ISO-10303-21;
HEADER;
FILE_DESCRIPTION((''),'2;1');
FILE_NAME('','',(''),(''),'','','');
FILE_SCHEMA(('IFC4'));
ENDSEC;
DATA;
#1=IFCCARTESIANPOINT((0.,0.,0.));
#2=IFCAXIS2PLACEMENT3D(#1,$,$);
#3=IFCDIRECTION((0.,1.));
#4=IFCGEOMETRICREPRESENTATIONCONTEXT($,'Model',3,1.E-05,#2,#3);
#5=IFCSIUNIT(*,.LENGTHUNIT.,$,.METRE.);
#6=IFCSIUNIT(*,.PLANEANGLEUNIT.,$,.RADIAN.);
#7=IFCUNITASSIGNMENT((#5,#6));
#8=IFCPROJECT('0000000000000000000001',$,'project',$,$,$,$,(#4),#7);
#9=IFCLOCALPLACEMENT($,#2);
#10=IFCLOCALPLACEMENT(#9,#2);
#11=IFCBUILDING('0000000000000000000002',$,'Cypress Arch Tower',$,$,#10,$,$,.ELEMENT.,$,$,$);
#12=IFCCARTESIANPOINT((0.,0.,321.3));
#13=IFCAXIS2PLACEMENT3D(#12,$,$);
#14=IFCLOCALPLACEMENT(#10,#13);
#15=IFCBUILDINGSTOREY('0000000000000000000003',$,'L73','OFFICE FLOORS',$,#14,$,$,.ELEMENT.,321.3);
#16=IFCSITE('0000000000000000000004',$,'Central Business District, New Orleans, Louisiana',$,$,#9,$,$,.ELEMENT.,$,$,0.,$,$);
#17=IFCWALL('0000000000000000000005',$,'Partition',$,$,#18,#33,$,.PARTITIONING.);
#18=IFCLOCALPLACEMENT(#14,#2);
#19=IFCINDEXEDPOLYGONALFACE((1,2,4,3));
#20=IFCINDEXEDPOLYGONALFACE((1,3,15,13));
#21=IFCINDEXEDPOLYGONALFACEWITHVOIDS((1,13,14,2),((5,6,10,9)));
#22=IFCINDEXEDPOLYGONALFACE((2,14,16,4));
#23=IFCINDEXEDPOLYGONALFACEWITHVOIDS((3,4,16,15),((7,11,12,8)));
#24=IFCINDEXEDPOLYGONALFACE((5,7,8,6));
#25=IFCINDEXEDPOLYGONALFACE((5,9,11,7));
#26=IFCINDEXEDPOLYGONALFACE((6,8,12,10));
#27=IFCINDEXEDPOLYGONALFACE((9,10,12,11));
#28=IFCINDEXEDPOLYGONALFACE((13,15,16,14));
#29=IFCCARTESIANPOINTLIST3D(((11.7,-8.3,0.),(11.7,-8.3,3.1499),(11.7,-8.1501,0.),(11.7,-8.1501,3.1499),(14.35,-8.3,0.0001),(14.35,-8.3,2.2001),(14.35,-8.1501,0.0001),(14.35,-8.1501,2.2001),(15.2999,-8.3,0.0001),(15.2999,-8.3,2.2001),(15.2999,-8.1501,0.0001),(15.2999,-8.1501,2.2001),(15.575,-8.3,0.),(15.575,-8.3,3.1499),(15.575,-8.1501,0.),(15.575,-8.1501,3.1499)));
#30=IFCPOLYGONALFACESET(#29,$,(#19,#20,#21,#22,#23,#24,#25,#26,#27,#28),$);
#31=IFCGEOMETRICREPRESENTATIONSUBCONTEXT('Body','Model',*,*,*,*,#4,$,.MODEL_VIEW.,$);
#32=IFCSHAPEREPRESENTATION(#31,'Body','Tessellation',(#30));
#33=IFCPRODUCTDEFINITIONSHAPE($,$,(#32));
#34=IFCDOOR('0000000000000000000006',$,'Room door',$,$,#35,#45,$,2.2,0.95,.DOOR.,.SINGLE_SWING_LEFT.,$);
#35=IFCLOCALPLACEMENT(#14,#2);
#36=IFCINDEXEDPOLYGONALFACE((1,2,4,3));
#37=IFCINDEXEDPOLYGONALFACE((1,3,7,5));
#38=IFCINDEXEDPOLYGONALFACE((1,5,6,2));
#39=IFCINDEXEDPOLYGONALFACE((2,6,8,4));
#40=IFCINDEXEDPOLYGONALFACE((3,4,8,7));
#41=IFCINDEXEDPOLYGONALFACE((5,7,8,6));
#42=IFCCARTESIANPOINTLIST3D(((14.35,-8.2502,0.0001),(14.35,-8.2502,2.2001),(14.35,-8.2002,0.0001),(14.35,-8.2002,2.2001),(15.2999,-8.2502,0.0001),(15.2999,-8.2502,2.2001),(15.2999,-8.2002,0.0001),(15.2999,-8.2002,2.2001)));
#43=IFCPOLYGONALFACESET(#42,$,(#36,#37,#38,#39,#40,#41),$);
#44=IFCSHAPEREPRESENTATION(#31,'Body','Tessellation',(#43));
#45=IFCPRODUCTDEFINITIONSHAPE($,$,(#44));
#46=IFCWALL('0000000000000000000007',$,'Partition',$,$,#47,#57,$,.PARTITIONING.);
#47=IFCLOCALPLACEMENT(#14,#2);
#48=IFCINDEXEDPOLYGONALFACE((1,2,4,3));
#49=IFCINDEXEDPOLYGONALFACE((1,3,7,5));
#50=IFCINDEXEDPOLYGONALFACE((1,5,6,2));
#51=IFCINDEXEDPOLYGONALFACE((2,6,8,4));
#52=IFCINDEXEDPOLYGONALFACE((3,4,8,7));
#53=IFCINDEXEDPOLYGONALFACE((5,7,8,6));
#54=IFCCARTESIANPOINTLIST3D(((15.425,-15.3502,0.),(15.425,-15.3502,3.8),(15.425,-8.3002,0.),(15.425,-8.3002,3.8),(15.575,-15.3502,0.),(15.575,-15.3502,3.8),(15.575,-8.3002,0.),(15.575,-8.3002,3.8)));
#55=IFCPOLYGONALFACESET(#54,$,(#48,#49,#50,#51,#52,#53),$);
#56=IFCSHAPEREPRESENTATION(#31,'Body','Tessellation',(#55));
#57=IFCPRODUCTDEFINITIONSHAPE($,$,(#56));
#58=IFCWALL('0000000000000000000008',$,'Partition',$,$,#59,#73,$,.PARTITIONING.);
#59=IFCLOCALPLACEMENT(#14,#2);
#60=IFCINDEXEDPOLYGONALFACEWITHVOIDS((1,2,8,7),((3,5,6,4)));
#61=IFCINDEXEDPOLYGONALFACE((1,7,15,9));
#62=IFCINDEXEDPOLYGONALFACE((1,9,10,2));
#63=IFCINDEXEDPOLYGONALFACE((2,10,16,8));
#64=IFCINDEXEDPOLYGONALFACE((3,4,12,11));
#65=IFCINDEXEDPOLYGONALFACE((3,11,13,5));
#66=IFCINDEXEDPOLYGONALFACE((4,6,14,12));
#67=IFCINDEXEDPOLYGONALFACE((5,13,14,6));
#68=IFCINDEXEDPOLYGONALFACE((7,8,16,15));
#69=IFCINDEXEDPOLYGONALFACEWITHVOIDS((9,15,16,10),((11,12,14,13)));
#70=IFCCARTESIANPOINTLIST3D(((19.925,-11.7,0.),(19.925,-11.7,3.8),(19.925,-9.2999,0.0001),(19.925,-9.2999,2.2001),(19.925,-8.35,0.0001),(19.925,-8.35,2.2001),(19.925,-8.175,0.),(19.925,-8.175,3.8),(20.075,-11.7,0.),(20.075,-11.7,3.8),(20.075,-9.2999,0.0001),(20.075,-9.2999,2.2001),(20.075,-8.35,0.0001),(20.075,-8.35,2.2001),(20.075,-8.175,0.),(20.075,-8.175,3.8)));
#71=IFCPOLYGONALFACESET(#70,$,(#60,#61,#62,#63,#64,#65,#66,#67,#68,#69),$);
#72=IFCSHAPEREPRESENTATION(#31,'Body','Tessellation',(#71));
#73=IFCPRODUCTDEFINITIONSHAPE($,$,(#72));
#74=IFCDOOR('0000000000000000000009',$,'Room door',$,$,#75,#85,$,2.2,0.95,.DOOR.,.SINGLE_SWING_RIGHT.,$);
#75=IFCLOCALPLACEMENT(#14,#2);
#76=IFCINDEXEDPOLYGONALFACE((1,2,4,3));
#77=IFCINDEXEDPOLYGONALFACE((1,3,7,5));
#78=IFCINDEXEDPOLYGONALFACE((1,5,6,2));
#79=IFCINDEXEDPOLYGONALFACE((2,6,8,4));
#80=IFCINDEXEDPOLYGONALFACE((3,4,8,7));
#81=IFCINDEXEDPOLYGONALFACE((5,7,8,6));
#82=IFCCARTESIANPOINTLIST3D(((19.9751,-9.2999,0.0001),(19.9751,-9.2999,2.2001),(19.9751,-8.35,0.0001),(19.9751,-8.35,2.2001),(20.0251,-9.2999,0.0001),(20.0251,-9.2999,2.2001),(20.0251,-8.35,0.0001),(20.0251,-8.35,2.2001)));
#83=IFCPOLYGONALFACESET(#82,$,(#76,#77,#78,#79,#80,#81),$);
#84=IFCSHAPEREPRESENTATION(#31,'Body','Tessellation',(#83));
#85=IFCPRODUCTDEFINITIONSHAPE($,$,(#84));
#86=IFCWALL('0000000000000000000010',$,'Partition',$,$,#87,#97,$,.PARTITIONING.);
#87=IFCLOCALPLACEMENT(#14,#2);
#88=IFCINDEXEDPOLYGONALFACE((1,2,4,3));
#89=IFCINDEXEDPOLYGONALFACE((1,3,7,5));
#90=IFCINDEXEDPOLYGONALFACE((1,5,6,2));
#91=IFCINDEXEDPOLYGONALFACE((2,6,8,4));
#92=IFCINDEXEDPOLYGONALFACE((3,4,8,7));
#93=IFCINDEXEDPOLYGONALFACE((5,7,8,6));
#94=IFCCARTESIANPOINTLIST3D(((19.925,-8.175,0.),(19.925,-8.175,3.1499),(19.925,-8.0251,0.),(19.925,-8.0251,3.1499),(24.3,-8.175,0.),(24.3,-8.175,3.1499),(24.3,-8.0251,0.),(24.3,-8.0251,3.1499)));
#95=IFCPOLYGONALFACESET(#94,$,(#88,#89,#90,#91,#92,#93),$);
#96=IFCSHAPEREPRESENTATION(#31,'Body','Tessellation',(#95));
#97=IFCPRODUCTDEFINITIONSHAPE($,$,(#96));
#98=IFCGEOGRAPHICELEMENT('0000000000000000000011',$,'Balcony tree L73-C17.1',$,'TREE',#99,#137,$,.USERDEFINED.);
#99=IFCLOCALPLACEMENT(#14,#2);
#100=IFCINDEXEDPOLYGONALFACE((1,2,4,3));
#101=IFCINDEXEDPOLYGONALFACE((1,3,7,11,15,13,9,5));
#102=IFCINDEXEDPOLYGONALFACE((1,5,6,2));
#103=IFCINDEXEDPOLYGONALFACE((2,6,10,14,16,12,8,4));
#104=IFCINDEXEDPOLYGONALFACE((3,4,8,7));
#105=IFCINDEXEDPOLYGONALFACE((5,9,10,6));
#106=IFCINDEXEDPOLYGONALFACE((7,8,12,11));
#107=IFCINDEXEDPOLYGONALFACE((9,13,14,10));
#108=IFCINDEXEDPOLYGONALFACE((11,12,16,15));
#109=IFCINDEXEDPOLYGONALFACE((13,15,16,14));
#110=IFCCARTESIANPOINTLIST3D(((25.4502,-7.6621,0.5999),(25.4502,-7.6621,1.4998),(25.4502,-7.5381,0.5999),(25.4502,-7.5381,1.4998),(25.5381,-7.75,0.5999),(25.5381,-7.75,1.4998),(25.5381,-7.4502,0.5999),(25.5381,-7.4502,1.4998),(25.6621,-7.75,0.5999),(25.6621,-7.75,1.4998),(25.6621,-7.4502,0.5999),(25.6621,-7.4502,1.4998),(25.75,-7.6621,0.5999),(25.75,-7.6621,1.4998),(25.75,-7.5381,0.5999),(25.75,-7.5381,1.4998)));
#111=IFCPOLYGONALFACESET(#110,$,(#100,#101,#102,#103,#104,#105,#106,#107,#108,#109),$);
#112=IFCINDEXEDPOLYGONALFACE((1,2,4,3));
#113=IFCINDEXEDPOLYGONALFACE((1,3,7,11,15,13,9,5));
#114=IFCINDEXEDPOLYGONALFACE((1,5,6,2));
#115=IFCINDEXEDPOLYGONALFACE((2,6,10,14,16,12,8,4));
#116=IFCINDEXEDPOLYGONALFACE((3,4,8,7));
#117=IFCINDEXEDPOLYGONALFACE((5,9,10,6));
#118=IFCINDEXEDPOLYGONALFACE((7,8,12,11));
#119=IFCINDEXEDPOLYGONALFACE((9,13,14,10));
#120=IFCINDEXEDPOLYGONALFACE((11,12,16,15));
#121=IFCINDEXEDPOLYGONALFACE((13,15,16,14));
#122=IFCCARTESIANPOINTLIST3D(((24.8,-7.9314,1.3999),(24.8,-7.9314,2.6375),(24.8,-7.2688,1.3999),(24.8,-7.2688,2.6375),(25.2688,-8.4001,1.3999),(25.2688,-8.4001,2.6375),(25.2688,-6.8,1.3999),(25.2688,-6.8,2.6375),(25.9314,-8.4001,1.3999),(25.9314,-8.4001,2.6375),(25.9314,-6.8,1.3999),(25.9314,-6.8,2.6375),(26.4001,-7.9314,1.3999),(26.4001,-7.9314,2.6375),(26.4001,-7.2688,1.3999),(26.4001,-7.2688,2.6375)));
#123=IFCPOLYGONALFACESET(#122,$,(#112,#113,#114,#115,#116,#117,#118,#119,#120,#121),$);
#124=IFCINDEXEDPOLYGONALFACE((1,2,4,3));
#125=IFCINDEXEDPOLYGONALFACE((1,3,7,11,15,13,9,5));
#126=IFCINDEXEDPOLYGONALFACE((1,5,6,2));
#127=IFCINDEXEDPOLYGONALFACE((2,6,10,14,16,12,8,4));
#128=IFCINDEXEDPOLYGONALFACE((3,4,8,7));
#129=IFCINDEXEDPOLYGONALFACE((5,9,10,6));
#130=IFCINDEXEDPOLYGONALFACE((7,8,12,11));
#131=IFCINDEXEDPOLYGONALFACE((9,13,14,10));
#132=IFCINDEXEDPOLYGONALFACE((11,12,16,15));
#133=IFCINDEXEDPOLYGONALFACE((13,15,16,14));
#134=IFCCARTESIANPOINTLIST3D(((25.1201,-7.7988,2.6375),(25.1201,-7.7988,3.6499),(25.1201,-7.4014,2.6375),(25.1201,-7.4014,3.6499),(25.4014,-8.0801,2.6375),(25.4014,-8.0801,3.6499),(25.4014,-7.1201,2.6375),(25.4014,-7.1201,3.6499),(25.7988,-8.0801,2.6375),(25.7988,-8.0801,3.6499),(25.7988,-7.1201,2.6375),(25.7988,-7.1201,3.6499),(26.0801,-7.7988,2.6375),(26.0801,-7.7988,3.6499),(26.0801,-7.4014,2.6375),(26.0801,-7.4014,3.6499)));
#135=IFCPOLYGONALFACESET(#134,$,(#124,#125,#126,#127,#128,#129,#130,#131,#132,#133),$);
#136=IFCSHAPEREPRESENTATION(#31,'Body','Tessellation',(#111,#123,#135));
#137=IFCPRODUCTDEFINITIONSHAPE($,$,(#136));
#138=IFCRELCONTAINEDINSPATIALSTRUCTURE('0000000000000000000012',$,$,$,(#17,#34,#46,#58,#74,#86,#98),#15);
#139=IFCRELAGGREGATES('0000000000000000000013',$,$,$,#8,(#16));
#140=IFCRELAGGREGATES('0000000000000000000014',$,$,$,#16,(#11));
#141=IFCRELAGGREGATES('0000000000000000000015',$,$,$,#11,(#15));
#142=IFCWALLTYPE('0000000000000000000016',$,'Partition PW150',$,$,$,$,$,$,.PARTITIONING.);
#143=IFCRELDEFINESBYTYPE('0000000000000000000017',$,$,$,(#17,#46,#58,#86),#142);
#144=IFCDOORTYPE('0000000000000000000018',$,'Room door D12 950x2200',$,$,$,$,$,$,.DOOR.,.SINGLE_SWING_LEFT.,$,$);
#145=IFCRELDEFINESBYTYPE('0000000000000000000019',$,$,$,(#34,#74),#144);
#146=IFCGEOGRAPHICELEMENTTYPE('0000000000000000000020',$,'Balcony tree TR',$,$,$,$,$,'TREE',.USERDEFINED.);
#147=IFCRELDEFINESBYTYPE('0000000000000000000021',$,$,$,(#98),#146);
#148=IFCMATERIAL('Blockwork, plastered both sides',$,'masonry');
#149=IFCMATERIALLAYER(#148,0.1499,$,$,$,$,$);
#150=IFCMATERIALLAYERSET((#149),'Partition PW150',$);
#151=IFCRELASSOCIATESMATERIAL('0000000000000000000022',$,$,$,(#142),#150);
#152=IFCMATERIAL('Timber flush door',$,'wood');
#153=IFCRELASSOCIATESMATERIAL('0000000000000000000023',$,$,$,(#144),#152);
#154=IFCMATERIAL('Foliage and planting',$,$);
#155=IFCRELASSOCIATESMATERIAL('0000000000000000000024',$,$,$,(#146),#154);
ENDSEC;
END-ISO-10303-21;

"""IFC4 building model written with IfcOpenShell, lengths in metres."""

from ifc_helpers import new_model, si_unit, direction, frame, frame_2d, origin, place, context, subcontext, project, spatial, polyline, rectangle, outline, extrude, material, layer, layer_set, type_object, element, fill, save


model = new_model("IFC4")

# Units and contexts
model_context = context("Model", 3, precision=1e-05, world=origin(), true_north=direction((0.0, 1.0)))
body_context = subcontext(model_context, "Body", "Model", "MODEL_VIEW")
ifc_project = project(units=[si_unit("LENGTHUNIT", "METRE"), si_unit("PLANEANGLEUNIT", "RADIAN")], contexts=[model_context])

# Site, building, storey
site_placement = place(None, origin())
site = spatial("IfcSite", under=ifc_project, at=site_placement, Name="Central Business District, New Orleans, Louisiana", CompositionType="ELEMENT", RefElevation=0.0)
building_placement = place(site_placement, origin())
building = spatial("IfcBuilding", under=site, at=building_placement, Name="Cypress Arch Tower", CompositionType="ELEMENT")
storey_placement = place(building_placement, frame((0.0, 0.0, 321.3)))
storey = spatial("IfcBuildingStorey", under=building, at=storey_placement, Name="L73", Description="OFFICE FLOORS", CompositionType="ELEMENT", Elevation=321.3)

# Wall, opening, door
ifc_material_1 = material(Name="Blockwork, plastered both sides", Category="masonry")
ifc_layer_1 = layer(ifc_material_1, 0.1499)
ifc_layer_set_1 = layer_set([ifc_layer_1], Name="Partition PW150")
wall_type_1 = type_object("IfcWallType", Name="Partition PW150", PredefinedType="PARTITIONING", material=ifc_layer_set_1)
wall_1_placement = place(storey_placement, frame((11.7, -8.2251, 0.0), z_axis=(0.0, 0.0, 1.0), x_axis=(1.0, 0.0, 0.0)))
wall_1 = element("IfcWall", 1, at=wall_1_placement, inside=storey, type_object=wall_type_1, Name="Partition", PredefinedType="PARTITIONING", context=body_context, shape_type="SweptSolid", body=[
    extrude(rectangle(XDim=3.875, YDim=0.1499, at=frame_2d((1.9375, 0.0))), origin(), (0.0, 0.0, 1.0), 3.1499),
])
opening_1_placement = place(wall_1_placement, frame((2.6499, 0.0, 0.0)))
opening_1 = element("IfcOpeningElement", 2, at=opening_1_placement, cuts=wall_1, PredefinedType="OPENING", context=body_context, shape_type="SweptSolid", body=[
    extrude(rectangle(XDim=0.95, YDim=2.2, at=frame_2d((0.4751, 1.1001))), frame((0.0, 0.085, 0.0), z_axis=(0.0, -1.0, 0.0), x_axis=(1.0, 0.0, 0.0)), (0.0, 0.0, 1.0), 0.1699),
])
ifc_material_2 = material(Name="Timber flush door", Category="wood")
door_type = type_object("IfcDoorType", Name="Room door D12 950x2200", OperationType="SINGLE_SWING_LEFT", PredefinedType="DOOR", material=ifc_material_2)
door_1_placement = place(opening_1_placement, origin())
door_1 = element("IfcDoor", 3, at=door_1_placement, inside=storey, type_object=door_type, Name="Room door", OperationType="SINGLE_SWING_LEFT", OverallHeight=2.2, OverallWidth=0.95, PredefinedType="DOOR", context=body_context, shape_type="SweptSolid", body=[
    extrude(rectangle(XDim=0.95, YDim=2.2, at=frame_2d((0.4751, 1.1001))), frame((0.0, 0.0249, 0.0), z_axis=(0.0, -1.0, 0.0), x_axis=(1.0, 0.0, 0.0)), (0.0, 0.0, 1.0), 0.05),
])
fill(opening_1, door_1)

# Wall
wall_2_placement = place(storey_placement, frame((15.5, -15.3501, 0.0), z_axis=(0.0, 0.0, 1.0), x_axis=(0.0, 1.0, 0.0)))
element("IfcWall", 4, at=wall_2_placement, inside=storey, type_object=wall_type_1, Name="Partition", PredefinedType="PARTITIONING", context=body_context, shape_type="SweptSolid", body=[
    extrude(rectangle(XDim=7.05, YDim=0.1499, at=frame_2d((3.5249, 0.0))), origin(), (0.0, 0.0, 1.0), 3.8),
])

# Wall, opening, door
wall_3_placement = place(storey_placement, frame((20.0, -11.7, 0.0), z_axis=(0.0, 0.0, 1.0), x_axis=(0.0, 1.0, 0.0)))
wall_3 = element("IfcWall", 5, at=wall_3_placement, inside=storey, type_object=wall_type_1, Name="Partition", PredefinedType="PARTITIONING", context=body_context, shape_type="SweptSolid", body=[
    extrude(rectangle(XDim=3.5249, YDim=0.1499, at=frame_2d((1.7625, 0.0))), origin(), (0.0, 0.0, 1.0), 3.8),
])
opening_2_placement = place(wall_3_placement, frame((2.3999, 0.0, 0.0)))
opening_2 = element("IfcOpeningElement", 6, at=opening_2_placement, cuts=wall_3, PredefinedType="OPENING", context=body_context, shape_type="SweptSolid", body=[
    extrude(rectangle(XDim=0.95, YDim=2.2, at=frame_2d((0.4751, 1.1001))), frame((0.0, 0.085, 0.0), z_axis=(0.0, -1.0, 0.0), x_axis=(1.0, 0.0, 0.0)), (0.0, 0.0, 1.0), 0.1699),
])
door_2_placement = place(opening_2_placement, origin())
door_2 = element("IfcDoor", 7, at=door_2_placement, inside=storey, type_object=door_type, Name="Room door", OperationType="SINGLE_SWING_RIGHT", OverallHeight=2.2, OverallWidth=0.95, PredefinedType="DOOR", context=body_context, shape_type="SweptSolid", body=[
    extrude(rectangle(XDim=0.95, YDim=2.2, at=frame_2d((0.4751, 1.1001))), frame((0.0, 0.0249, 0.0), z_axis=(0.0, -1.0, 0.0), x_axis=(1.0, 0.0, 0.0)), (0.0, 0.0, 1.0), 0.05),
])
fill(opening_2, door_2)

# Wall
wall_4_placement = place(storey_placement, frame((19.925, -8.1001, 0.0), z_axis=(0.0, 0.0, 1.0), x_axis=(1.0, 0.0, 0.0)))
element("IfcWall", 8, at=wall_4_placement, inside=storey, type_object=wall_type_1, Name="Partition", PredefinedType="PARTITIONING", context=body_context, shape_type="SweptSolid", body=[
    extrude(rectangle(XDim=4.375, YDim=0.1499, at=frame_2d((2.1875, 0.0))), origin(), (0.0, 0.0, 1.0), 3.1499),
])

# Geographic element
ifc_material_3 = material(Name="Foliage and planting")
geographic_element_type = type_object("IfcGeographicElementType", Name="Balcony tree TR", ElementType="TREE", PredefinedType="USERDEFINED", material=ifc_material_3)
geographic_element_placement = place(storey_placement, frame((25.6001, -7.6001, 0.5999), z_axis=(0.0, 0.0, 1.0), x_axis=(1.0, 0.0, 0.0)))
element("IfcGeographicElement", 9, at=geographic_element_placement, inside=storey, type_object=geographic_element_type, Name="Balcony tree L73-C17.1", ObjectType="TREE", PredefinedType="USERDEFINED", context=body_context, shape_type="SweptSolid", body=[
    extrude(outline(polyline([(0.1499, 0.062), (0.062, 0.1499), (-0.062, 0.1499), (-0.1499, 0.062), (-0.1499, -0.062), (-0.062, -0.1499), (0.062, -0.1499), (0.1499, -0.062), (0.1499, 0.062)])), origin(), (0.0, 0.0, 1.0), 0.8999),
    extrude(outline(polyline([(0.8, 0.3313), (0.3313, 0.8), (-0.3313, 0.8), (-0.8, 0.3313), (-0.8, -0.3313), (-0.3313, -0.8), (0.3313, -0.8), (0.8, -0.3313), (0.8, 0.3313)])), frame((0.0, 0.0, 0.8)), (0.0, 0.0, 1.0), 1.2375),
    extrude(outline(polyline([(0.48, 0.1987), (0.1987, 0.48), (-0.1987, 0.48), (-0.48, 0.1987), (-0.48, -0.1987), (-0.1987, -0.48), (0.1987, -0.48), (0.48, -0.1987), (0.48, 0.1987)])), frame((0.0, 0.0, 2.0376)), (0.0, 0.0, 1.0), 1.0125),
])

save(model, "model.ifc")
